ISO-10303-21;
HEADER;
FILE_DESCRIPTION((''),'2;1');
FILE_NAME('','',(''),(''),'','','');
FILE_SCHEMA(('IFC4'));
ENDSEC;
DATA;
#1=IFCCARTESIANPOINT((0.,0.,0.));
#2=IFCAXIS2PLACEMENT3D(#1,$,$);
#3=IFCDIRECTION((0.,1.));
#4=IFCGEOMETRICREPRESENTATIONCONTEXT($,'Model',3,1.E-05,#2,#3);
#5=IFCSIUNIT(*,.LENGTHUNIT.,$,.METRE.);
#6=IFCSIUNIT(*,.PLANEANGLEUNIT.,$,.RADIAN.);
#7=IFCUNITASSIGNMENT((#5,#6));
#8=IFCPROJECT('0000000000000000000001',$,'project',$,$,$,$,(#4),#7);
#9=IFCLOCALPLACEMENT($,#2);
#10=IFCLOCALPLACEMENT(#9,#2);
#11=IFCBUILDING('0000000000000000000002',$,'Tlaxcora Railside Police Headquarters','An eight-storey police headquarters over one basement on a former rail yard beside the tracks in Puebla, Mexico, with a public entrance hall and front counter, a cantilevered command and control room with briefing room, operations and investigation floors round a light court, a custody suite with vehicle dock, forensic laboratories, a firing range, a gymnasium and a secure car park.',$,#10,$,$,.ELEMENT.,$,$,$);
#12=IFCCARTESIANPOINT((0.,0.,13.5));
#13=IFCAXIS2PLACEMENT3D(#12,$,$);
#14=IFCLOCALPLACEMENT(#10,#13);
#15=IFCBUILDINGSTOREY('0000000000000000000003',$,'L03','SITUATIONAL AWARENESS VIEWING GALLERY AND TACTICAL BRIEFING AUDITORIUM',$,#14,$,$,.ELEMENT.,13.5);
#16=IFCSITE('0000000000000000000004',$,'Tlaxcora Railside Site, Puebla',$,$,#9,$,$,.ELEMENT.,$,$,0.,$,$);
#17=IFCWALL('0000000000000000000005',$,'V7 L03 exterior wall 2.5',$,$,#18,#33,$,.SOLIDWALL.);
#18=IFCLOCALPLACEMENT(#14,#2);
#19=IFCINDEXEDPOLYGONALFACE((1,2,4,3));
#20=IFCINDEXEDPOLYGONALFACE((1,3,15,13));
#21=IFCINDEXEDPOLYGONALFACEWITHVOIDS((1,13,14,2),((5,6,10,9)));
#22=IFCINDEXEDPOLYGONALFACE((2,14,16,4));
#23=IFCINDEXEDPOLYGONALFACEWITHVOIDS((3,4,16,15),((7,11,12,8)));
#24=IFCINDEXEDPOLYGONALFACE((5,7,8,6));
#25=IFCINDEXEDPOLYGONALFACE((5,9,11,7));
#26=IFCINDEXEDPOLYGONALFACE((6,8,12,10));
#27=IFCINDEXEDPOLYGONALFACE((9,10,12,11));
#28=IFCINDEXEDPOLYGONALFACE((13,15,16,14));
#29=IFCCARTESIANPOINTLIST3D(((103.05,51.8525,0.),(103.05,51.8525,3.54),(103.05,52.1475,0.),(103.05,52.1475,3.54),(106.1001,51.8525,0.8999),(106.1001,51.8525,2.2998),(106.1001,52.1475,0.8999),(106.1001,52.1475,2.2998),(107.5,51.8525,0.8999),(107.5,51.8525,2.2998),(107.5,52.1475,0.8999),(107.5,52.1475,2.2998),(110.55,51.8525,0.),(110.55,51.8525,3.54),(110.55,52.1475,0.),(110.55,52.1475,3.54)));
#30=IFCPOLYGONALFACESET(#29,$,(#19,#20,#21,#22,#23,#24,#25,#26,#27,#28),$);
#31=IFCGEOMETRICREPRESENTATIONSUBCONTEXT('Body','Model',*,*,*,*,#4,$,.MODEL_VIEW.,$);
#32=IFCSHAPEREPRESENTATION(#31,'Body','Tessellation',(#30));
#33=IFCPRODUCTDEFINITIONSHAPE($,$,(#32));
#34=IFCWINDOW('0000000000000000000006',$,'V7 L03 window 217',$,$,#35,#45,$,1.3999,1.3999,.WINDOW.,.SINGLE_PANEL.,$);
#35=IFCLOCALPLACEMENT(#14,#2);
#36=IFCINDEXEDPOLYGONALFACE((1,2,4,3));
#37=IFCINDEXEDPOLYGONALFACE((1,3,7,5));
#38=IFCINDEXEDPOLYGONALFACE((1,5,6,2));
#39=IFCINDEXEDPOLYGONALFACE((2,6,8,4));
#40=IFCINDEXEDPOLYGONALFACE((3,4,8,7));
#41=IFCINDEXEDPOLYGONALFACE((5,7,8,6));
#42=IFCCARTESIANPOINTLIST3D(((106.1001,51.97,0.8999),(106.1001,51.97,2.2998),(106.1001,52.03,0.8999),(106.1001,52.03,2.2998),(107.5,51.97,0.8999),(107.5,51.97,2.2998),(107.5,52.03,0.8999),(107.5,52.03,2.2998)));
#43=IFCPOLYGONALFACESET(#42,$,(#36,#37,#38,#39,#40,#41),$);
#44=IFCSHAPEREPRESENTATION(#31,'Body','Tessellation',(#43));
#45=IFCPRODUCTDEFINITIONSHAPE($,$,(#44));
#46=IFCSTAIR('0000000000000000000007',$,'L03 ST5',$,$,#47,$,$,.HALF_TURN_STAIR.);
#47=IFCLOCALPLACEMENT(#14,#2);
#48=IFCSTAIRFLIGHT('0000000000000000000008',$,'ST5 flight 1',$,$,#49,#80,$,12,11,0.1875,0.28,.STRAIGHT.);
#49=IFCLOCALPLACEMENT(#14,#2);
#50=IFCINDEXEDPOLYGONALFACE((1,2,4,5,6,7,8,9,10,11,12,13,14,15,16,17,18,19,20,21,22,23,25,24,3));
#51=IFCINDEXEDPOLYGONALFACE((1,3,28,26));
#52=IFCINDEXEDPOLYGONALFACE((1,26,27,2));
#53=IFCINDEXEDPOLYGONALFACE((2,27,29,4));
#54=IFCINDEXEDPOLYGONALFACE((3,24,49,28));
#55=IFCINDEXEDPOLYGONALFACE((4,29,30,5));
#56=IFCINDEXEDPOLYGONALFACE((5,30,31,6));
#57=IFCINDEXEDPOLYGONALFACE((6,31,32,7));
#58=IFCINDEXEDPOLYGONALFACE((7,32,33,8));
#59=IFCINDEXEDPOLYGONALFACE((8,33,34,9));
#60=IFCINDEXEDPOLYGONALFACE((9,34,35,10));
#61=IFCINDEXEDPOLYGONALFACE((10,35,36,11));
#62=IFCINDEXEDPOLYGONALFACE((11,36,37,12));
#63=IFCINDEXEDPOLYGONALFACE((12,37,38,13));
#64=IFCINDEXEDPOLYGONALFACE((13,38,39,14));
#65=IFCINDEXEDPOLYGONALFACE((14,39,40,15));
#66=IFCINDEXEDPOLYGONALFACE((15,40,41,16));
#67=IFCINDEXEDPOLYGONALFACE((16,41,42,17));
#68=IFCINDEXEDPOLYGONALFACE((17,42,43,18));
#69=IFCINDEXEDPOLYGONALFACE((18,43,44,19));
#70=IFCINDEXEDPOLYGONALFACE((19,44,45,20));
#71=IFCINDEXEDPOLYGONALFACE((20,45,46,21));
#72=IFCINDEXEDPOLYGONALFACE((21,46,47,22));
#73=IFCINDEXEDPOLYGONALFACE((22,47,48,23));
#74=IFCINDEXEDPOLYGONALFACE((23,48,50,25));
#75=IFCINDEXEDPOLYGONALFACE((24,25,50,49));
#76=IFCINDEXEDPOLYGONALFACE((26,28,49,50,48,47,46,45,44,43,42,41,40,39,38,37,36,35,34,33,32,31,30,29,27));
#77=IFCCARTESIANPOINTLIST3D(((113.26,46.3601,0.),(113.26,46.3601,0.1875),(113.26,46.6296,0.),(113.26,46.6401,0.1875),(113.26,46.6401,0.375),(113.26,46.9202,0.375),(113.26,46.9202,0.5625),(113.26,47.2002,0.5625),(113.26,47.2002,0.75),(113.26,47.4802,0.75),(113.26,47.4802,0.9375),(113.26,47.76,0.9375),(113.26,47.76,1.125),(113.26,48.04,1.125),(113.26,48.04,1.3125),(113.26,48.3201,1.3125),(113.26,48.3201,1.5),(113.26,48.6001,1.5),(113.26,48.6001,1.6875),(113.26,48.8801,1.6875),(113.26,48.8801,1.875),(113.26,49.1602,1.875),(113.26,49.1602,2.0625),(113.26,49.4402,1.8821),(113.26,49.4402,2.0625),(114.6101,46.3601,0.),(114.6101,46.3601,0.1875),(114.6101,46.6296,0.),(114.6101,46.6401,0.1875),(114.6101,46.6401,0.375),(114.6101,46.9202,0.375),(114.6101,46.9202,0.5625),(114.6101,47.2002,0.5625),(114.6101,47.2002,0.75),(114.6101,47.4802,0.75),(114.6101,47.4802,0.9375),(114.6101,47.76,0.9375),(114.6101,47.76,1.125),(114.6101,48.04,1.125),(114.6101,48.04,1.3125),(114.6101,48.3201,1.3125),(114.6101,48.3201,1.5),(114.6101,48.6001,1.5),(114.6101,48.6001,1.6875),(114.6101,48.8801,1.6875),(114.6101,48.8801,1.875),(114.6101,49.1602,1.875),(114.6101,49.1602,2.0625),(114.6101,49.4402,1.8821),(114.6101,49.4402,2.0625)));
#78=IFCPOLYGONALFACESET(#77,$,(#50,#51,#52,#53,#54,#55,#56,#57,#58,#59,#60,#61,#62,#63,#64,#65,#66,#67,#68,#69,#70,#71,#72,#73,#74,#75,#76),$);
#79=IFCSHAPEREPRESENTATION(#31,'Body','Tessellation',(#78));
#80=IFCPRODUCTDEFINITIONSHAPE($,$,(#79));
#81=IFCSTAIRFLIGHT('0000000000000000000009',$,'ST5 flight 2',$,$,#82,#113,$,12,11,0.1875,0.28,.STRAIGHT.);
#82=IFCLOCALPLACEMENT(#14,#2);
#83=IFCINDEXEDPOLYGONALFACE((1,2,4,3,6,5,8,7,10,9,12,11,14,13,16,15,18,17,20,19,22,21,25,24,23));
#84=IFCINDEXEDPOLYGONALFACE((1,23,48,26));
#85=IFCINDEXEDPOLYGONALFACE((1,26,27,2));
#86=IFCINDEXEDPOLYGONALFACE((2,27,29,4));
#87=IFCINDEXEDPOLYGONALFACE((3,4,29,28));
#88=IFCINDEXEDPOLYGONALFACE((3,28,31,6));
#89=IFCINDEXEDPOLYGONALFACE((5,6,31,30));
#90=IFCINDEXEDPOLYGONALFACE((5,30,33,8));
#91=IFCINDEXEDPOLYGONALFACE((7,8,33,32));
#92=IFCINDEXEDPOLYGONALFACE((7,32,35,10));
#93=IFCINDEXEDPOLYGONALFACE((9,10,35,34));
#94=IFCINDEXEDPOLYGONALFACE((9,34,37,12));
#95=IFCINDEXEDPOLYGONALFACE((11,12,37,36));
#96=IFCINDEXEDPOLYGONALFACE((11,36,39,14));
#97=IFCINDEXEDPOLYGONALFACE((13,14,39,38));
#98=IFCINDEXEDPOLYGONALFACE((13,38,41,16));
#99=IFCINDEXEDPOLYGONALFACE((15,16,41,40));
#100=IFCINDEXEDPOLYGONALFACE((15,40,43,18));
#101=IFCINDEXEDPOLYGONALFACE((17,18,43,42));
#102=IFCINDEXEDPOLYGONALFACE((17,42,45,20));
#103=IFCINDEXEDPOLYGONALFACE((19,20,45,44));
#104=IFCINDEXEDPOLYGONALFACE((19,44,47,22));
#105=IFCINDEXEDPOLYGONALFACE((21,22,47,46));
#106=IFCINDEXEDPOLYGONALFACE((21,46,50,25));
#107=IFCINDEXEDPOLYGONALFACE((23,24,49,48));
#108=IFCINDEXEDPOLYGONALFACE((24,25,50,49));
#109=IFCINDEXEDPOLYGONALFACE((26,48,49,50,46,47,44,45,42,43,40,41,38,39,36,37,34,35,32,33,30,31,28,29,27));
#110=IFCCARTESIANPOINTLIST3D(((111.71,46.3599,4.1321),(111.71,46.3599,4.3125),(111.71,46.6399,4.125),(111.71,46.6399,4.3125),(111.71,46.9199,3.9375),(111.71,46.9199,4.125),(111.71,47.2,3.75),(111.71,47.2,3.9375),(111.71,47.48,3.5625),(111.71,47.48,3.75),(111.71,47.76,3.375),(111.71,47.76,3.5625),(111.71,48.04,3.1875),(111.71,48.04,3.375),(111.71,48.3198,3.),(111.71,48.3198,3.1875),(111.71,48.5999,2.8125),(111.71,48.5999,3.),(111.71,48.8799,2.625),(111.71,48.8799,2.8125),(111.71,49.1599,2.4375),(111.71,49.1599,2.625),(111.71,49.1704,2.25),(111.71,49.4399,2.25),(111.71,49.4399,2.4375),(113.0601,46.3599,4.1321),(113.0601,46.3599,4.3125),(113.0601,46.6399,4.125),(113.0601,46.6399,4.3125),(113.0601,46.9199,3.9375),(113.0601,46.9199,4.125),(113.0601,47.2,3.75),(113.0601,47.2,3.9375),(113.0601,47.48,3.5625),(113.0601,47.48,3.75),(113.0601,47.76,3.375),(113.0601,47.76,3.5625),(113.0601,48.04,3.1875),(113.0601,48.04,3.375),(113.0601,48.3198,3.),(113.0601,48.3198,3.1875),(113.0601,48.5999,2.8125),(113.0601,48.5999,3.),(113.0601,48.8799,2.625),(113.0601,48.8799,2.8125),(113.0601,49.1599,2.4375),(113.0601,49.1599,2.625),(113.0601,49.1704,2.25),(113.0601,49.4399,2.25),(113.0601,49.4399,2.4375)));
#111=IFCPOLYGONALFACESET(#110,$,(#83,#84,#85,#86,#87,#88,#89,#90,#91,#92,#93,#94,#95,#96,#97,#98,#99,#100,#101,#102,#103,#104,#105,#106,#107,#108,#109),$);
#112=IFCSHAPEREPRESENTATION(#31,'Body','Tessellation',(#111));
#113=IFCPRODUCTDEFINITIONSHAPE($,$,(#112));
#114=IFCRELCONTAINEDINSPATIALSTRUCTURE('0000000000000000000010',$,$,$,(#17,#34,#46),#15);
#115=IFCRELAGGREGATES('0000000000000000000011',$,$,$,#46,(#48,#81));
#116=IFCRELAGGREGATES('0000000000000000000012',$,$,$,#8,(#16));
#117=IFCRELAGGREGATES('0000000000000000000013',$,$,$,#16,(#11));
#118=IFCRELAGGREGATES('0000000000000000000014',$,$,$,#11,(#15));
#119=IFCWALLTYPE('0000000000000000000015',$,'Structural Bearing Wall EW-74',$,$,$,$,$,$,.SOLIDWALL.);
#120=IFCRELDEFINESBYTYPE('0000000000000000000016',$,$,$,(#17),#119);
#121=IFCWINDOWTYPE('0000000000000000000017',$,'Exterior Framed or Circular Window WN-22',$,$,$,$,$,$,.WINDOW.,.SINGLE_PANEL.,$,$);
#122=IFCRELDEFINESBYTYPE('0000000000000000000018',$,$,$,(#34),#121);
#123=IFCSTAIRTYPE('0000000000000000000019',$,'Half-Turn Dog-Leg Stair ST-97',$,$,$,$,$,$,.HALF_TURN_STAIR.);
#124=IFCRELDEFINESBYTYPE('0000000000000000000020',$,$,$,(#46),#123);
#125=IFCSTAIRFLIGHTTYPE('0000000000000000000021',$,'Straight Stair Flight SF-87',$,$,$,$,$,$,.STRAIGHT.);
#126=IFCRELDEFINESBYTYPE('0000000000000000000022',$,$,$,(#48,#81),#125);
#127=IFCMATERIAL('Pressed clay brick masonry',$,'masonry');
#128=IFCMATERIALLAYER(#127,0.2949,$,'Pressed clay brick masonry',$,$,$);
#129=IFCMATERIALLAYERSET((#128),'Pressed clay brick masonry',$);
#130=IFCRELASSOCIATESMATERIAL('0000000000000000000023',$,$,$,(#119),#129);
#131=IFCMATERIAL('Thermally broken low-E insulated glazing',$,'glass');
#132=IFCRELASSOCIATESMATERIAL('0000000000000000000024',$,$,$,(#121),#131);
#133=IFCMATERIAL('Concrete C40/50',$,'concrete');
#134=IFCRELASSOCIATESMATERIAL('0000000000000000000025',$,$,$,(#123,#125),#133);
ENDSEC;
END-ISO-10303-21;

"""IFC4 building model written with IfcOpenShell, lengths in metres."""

from ifc_helpers import new_model, si_unit, direction, frame, frame_2d, origin, place, context, subcontext, project, spatial, polyline, rectangle, outline, extrude, material, layer, layer_set, type_object, element, fill, aggregate, save


model = new_model("IFC4")

# Units and contexts
model_context = context("Model", 3, precision=1e-05, world=origin(), true_north=direction((0.0, 1.0)))
body_context = subcontext(model_context, "Body", "Model", "MODEL_VIEW")
ifc_project = project(units=[si_unit("LENGTHUNIT", "METRE"), si_unit("PLANEANGLEUNIT", "RADIAN")], contexts=[model_context])

# Site, building, storey
site_placement = place(None, origin())
site = spatial("IfcSite", under=ifc_project, at=site_placement, Name="Tlaxcora Railside Site, Puebla", CompositionType="ELEMENT", RefElevation=0.0)
building_placement = place(site_placement, origin())
building = spatial("IfcBuilding", under=site, at=building_placement, Name="Tlaxcora Railside Police Headquarters", Description="An eight-storey police headquarters over one basement on a former rail yard beside the tracks in Puebla, Mexico, with a public entrance hall and front counter, a cantilevered command and control room with briefing room, operations and investigation floors round a light court, a custody suite with vehicle dock, forensic laboratories, a firing range, a gymnasium and a secure car park.", CompositionType="ELEMENT")
storey_placement = place(building_placement, frame((0.0, 0.0, 13.5)))
storey = spatial("IfcBuildingStorey", under=building, at=storey_placement, Name="L03", Description="SITUATIONAL AWARENESS VIEWING GALLERY AND TACTICAL BRIEFING AUDITORIUM", CompositionType="ELEMENT", Elevation=13.5)

# Shared definitions
ifc_material_1 = material(Name="Concrete C40/50", Category="concrete")

# Wall, opening, window
ifc_material_2 = material(Name="Pressed clay brick masonry", Category="masonry")
ifc_layer_1 = layer(ifc_material_2, 0.2949, Name="Pressed clay brick masonry")
ifc_layer_set_1 = layer_set([ifc_layer_1], Name="Pressed clay brick masonry")
wall_type_1 = type_object("IfcWallType", Name="Structural Bearing Wall EW-74", PredefinedType="SOLIDWALL", material=ifc_layer_set_1)
wall_1_placement = place(storey_placement, frame((110.55, 52.0, 0.0), z_axis=(0.0, 0.0, 1.0), x_axis=(-1.0, 0.0, 0.0)))
wall_1 = element("IfcWall", 1, at=wall_1_placement, inside=storey, type_object=wall_type_1, Name="V7 L03 exterior wall 2.5", PredefinedType="SOLIDWALL", context=body_context, shape_type="SweptSolid", body=[
    extrude(rectangle(XDim=7.5, YDim=0.2949, at=frame_2d((3.75, 0.0))), origin(), (0.0, 0.0, 1.0), 3.54),
])
opening_1_placement = place(wall_1_placement, frame((3.05, 0.0, 0.8999)))
opening_1 = element("IfcOpeningElement", 2, at=opening_1_placement, cuts=wall_1, PredefinedType="OPENING", context=body_context, shape_type="SweptSolid", body=[
    extrude(rectangle(XDim=1.3999, YDim=1.3999, at=frame_2d((0.7, 0.7))), frame((0.0, 0.1575, 0.0), z_axis=(0.0, -1.0, 0.0), x_axis=(1.0, 0.0, 0.0)), (0.0, 0.0, 1.0), 0.3149),
])
ifc_material_3 = material(Name="Thermally broken low-E insulated glazing", Category="glass")
window_type = type_object("IfcWindowType", Name="Exterior Framed or Circular Window WN-22", PartitioningType="SINGLE_PANEL", PredefinedType="WINDOW", material=ifc_material_3)
window_placement = place(opening_1_placement, origin())
window = element("IfcWindow", 3, at=window_placement, inside=storey, type_object=window_type, Name="V7 L03 window 217", OverallHeight=1.3999, OverallWidth=1.3999, PartitioningType="SINGLE_PANEL", PredefinedType="WINDOW", context=body_context, shape_type="SweptSolid", body=[
    extrude(rectangle(XDim=1.3999, YDim=1.3999, at=frame_2d((0.7, 0.7))), frame((0.0, 0.03, 0.0), z_axis=(0.0, -1.0, 0.0), x_axis=(1.0, 0.0, 0.0)), (0.0, 0.0, 1.0), 0.0601),
])
fill(opening_1, window)

# Stair, stair flights
stair_type = type_object("IfcStairType", Name="Half-Turn Dog-Leg Stair ST-97", PredefinedType="HALF_TURN_STAIR", material=ifc_material_1)
stair_placement = place(storey_placement, origin())
stair = element("IfcStair", 4, at=stair_placement, inside=storey, type_object=stair_type, Name="L03 ST5", PredefinedType="HALF_TURN_STAIR")
stair_flight_type = type_object("IfcStairFlightType", Name="Straight Stair Flight SF-87", PredefinedType="STRAIGHT", material=ifc_material_1)
stair_flight_1_placement = place(storey_placement, frame((113.9351, 46.3601, 0.0), z_axis=(0.0, 0.0, 1.0), x_axis=(0.0, 1.0, 0.0)))
stair_flight_1 = element("IfcStairFlight", 5, at=stair_flight_1_placement, type_object=stair_flight_type, Name="ST5 flight 1", NumberOfRisers=12, NumberOfTreads=11, PredefinedType="STRAIGHT", RiserHeight=0.1875, TreadLength=0.28, context=body_context, shape_type="SweptSolid", body=[
    extrude(outline(polyline([(0.0, 0.0), (0.0, 0.1875), (0.28, 0.1875), (0.28, 0.375), (0.5601, 0.375), (0.5601, 0.5625), (0.8401, 0.5625), (0.8401, 0.75), (1.1201, 0.75), (1.1201, 0.9375), (1.3999, 0.9375), (1.3999, 1.125), (1.6799, 1.125), (1.6799, 1.3125), (1.96, 1.3125), (1.96, 1.5), (2.24, 1.5), (2.24, 1.6875), (2.52, 1.6875), (2.52, 1.875), (2.8, 1.875), (2.8, 2.0625), (3.0801, 2.0625), (3.0801, 2.25), (3.0801, 1.8821), (0.2695, 0.0), (0.0, 0.0)])), frame((0.0, 0.675, 0.0), z_axis=(0.0, -1.0, 0.0), x_axis=(1.0, 0.0, 0.0)), (0.0, 0.0, 1.0), 1.3501),
])
stair_flight_2_placement = place(storey_placement, frame((112.385, 49.4399, 2.25), z_axis=(0.0, 0.0, 1.0), x_axis=(0.0, -1.0, 0.0)))
stair_flight_2 = element("IfcStairFlight", 6, at=stair_flight_2_placement, type_object=stair_flight_type, Name="ST5 flight 2", NumberOfRisers=12, NumberOfTreads=11, PredefinedType="STRAIGHT", RiserHeight=0.1875, TreadLength=0.28, context=body_context, shape_type="SweptSolid", body=[
    extrude(outline(polyline([(0.0, 0.0), (0.0, 0.1875), (0.28, 0.1875), (0.28, 0.375), (0.5601, 0.375), (0.5601, 0.5625), (0.8401, 0.5625), (0.8401, 0.75), (1.1201, 0.75), (1.1201, 0.9375), (1.3999, 0.9375), (1.3999, 1.125), (1.6799, 1.125), (1.6799, 1.3125), (1.96, 1.3125), (1.96, 1.5), (2.24, 1.5), (2.24, 1.6875), (2.52, 1.6875), (2.52, 1.875), (2.8, 1.875), (2.8, 2.0625), (3.0801, 2.0625), (3.0801, 2.25), (3.0801, 1.8821), (0.2695, 0.0), (0.0, 0.0)])), frame((0.0, 0.675, 0.0), z_axis=(0.0, -1.0, 0.0), x_axis=(1.0, 0.0, 0.0)), (0.0, 0.0, 1.0), 1.3501),
])
aggregate(stair, [stair_flight_1, stair_flight_2])

save(model, "model.ifc")
